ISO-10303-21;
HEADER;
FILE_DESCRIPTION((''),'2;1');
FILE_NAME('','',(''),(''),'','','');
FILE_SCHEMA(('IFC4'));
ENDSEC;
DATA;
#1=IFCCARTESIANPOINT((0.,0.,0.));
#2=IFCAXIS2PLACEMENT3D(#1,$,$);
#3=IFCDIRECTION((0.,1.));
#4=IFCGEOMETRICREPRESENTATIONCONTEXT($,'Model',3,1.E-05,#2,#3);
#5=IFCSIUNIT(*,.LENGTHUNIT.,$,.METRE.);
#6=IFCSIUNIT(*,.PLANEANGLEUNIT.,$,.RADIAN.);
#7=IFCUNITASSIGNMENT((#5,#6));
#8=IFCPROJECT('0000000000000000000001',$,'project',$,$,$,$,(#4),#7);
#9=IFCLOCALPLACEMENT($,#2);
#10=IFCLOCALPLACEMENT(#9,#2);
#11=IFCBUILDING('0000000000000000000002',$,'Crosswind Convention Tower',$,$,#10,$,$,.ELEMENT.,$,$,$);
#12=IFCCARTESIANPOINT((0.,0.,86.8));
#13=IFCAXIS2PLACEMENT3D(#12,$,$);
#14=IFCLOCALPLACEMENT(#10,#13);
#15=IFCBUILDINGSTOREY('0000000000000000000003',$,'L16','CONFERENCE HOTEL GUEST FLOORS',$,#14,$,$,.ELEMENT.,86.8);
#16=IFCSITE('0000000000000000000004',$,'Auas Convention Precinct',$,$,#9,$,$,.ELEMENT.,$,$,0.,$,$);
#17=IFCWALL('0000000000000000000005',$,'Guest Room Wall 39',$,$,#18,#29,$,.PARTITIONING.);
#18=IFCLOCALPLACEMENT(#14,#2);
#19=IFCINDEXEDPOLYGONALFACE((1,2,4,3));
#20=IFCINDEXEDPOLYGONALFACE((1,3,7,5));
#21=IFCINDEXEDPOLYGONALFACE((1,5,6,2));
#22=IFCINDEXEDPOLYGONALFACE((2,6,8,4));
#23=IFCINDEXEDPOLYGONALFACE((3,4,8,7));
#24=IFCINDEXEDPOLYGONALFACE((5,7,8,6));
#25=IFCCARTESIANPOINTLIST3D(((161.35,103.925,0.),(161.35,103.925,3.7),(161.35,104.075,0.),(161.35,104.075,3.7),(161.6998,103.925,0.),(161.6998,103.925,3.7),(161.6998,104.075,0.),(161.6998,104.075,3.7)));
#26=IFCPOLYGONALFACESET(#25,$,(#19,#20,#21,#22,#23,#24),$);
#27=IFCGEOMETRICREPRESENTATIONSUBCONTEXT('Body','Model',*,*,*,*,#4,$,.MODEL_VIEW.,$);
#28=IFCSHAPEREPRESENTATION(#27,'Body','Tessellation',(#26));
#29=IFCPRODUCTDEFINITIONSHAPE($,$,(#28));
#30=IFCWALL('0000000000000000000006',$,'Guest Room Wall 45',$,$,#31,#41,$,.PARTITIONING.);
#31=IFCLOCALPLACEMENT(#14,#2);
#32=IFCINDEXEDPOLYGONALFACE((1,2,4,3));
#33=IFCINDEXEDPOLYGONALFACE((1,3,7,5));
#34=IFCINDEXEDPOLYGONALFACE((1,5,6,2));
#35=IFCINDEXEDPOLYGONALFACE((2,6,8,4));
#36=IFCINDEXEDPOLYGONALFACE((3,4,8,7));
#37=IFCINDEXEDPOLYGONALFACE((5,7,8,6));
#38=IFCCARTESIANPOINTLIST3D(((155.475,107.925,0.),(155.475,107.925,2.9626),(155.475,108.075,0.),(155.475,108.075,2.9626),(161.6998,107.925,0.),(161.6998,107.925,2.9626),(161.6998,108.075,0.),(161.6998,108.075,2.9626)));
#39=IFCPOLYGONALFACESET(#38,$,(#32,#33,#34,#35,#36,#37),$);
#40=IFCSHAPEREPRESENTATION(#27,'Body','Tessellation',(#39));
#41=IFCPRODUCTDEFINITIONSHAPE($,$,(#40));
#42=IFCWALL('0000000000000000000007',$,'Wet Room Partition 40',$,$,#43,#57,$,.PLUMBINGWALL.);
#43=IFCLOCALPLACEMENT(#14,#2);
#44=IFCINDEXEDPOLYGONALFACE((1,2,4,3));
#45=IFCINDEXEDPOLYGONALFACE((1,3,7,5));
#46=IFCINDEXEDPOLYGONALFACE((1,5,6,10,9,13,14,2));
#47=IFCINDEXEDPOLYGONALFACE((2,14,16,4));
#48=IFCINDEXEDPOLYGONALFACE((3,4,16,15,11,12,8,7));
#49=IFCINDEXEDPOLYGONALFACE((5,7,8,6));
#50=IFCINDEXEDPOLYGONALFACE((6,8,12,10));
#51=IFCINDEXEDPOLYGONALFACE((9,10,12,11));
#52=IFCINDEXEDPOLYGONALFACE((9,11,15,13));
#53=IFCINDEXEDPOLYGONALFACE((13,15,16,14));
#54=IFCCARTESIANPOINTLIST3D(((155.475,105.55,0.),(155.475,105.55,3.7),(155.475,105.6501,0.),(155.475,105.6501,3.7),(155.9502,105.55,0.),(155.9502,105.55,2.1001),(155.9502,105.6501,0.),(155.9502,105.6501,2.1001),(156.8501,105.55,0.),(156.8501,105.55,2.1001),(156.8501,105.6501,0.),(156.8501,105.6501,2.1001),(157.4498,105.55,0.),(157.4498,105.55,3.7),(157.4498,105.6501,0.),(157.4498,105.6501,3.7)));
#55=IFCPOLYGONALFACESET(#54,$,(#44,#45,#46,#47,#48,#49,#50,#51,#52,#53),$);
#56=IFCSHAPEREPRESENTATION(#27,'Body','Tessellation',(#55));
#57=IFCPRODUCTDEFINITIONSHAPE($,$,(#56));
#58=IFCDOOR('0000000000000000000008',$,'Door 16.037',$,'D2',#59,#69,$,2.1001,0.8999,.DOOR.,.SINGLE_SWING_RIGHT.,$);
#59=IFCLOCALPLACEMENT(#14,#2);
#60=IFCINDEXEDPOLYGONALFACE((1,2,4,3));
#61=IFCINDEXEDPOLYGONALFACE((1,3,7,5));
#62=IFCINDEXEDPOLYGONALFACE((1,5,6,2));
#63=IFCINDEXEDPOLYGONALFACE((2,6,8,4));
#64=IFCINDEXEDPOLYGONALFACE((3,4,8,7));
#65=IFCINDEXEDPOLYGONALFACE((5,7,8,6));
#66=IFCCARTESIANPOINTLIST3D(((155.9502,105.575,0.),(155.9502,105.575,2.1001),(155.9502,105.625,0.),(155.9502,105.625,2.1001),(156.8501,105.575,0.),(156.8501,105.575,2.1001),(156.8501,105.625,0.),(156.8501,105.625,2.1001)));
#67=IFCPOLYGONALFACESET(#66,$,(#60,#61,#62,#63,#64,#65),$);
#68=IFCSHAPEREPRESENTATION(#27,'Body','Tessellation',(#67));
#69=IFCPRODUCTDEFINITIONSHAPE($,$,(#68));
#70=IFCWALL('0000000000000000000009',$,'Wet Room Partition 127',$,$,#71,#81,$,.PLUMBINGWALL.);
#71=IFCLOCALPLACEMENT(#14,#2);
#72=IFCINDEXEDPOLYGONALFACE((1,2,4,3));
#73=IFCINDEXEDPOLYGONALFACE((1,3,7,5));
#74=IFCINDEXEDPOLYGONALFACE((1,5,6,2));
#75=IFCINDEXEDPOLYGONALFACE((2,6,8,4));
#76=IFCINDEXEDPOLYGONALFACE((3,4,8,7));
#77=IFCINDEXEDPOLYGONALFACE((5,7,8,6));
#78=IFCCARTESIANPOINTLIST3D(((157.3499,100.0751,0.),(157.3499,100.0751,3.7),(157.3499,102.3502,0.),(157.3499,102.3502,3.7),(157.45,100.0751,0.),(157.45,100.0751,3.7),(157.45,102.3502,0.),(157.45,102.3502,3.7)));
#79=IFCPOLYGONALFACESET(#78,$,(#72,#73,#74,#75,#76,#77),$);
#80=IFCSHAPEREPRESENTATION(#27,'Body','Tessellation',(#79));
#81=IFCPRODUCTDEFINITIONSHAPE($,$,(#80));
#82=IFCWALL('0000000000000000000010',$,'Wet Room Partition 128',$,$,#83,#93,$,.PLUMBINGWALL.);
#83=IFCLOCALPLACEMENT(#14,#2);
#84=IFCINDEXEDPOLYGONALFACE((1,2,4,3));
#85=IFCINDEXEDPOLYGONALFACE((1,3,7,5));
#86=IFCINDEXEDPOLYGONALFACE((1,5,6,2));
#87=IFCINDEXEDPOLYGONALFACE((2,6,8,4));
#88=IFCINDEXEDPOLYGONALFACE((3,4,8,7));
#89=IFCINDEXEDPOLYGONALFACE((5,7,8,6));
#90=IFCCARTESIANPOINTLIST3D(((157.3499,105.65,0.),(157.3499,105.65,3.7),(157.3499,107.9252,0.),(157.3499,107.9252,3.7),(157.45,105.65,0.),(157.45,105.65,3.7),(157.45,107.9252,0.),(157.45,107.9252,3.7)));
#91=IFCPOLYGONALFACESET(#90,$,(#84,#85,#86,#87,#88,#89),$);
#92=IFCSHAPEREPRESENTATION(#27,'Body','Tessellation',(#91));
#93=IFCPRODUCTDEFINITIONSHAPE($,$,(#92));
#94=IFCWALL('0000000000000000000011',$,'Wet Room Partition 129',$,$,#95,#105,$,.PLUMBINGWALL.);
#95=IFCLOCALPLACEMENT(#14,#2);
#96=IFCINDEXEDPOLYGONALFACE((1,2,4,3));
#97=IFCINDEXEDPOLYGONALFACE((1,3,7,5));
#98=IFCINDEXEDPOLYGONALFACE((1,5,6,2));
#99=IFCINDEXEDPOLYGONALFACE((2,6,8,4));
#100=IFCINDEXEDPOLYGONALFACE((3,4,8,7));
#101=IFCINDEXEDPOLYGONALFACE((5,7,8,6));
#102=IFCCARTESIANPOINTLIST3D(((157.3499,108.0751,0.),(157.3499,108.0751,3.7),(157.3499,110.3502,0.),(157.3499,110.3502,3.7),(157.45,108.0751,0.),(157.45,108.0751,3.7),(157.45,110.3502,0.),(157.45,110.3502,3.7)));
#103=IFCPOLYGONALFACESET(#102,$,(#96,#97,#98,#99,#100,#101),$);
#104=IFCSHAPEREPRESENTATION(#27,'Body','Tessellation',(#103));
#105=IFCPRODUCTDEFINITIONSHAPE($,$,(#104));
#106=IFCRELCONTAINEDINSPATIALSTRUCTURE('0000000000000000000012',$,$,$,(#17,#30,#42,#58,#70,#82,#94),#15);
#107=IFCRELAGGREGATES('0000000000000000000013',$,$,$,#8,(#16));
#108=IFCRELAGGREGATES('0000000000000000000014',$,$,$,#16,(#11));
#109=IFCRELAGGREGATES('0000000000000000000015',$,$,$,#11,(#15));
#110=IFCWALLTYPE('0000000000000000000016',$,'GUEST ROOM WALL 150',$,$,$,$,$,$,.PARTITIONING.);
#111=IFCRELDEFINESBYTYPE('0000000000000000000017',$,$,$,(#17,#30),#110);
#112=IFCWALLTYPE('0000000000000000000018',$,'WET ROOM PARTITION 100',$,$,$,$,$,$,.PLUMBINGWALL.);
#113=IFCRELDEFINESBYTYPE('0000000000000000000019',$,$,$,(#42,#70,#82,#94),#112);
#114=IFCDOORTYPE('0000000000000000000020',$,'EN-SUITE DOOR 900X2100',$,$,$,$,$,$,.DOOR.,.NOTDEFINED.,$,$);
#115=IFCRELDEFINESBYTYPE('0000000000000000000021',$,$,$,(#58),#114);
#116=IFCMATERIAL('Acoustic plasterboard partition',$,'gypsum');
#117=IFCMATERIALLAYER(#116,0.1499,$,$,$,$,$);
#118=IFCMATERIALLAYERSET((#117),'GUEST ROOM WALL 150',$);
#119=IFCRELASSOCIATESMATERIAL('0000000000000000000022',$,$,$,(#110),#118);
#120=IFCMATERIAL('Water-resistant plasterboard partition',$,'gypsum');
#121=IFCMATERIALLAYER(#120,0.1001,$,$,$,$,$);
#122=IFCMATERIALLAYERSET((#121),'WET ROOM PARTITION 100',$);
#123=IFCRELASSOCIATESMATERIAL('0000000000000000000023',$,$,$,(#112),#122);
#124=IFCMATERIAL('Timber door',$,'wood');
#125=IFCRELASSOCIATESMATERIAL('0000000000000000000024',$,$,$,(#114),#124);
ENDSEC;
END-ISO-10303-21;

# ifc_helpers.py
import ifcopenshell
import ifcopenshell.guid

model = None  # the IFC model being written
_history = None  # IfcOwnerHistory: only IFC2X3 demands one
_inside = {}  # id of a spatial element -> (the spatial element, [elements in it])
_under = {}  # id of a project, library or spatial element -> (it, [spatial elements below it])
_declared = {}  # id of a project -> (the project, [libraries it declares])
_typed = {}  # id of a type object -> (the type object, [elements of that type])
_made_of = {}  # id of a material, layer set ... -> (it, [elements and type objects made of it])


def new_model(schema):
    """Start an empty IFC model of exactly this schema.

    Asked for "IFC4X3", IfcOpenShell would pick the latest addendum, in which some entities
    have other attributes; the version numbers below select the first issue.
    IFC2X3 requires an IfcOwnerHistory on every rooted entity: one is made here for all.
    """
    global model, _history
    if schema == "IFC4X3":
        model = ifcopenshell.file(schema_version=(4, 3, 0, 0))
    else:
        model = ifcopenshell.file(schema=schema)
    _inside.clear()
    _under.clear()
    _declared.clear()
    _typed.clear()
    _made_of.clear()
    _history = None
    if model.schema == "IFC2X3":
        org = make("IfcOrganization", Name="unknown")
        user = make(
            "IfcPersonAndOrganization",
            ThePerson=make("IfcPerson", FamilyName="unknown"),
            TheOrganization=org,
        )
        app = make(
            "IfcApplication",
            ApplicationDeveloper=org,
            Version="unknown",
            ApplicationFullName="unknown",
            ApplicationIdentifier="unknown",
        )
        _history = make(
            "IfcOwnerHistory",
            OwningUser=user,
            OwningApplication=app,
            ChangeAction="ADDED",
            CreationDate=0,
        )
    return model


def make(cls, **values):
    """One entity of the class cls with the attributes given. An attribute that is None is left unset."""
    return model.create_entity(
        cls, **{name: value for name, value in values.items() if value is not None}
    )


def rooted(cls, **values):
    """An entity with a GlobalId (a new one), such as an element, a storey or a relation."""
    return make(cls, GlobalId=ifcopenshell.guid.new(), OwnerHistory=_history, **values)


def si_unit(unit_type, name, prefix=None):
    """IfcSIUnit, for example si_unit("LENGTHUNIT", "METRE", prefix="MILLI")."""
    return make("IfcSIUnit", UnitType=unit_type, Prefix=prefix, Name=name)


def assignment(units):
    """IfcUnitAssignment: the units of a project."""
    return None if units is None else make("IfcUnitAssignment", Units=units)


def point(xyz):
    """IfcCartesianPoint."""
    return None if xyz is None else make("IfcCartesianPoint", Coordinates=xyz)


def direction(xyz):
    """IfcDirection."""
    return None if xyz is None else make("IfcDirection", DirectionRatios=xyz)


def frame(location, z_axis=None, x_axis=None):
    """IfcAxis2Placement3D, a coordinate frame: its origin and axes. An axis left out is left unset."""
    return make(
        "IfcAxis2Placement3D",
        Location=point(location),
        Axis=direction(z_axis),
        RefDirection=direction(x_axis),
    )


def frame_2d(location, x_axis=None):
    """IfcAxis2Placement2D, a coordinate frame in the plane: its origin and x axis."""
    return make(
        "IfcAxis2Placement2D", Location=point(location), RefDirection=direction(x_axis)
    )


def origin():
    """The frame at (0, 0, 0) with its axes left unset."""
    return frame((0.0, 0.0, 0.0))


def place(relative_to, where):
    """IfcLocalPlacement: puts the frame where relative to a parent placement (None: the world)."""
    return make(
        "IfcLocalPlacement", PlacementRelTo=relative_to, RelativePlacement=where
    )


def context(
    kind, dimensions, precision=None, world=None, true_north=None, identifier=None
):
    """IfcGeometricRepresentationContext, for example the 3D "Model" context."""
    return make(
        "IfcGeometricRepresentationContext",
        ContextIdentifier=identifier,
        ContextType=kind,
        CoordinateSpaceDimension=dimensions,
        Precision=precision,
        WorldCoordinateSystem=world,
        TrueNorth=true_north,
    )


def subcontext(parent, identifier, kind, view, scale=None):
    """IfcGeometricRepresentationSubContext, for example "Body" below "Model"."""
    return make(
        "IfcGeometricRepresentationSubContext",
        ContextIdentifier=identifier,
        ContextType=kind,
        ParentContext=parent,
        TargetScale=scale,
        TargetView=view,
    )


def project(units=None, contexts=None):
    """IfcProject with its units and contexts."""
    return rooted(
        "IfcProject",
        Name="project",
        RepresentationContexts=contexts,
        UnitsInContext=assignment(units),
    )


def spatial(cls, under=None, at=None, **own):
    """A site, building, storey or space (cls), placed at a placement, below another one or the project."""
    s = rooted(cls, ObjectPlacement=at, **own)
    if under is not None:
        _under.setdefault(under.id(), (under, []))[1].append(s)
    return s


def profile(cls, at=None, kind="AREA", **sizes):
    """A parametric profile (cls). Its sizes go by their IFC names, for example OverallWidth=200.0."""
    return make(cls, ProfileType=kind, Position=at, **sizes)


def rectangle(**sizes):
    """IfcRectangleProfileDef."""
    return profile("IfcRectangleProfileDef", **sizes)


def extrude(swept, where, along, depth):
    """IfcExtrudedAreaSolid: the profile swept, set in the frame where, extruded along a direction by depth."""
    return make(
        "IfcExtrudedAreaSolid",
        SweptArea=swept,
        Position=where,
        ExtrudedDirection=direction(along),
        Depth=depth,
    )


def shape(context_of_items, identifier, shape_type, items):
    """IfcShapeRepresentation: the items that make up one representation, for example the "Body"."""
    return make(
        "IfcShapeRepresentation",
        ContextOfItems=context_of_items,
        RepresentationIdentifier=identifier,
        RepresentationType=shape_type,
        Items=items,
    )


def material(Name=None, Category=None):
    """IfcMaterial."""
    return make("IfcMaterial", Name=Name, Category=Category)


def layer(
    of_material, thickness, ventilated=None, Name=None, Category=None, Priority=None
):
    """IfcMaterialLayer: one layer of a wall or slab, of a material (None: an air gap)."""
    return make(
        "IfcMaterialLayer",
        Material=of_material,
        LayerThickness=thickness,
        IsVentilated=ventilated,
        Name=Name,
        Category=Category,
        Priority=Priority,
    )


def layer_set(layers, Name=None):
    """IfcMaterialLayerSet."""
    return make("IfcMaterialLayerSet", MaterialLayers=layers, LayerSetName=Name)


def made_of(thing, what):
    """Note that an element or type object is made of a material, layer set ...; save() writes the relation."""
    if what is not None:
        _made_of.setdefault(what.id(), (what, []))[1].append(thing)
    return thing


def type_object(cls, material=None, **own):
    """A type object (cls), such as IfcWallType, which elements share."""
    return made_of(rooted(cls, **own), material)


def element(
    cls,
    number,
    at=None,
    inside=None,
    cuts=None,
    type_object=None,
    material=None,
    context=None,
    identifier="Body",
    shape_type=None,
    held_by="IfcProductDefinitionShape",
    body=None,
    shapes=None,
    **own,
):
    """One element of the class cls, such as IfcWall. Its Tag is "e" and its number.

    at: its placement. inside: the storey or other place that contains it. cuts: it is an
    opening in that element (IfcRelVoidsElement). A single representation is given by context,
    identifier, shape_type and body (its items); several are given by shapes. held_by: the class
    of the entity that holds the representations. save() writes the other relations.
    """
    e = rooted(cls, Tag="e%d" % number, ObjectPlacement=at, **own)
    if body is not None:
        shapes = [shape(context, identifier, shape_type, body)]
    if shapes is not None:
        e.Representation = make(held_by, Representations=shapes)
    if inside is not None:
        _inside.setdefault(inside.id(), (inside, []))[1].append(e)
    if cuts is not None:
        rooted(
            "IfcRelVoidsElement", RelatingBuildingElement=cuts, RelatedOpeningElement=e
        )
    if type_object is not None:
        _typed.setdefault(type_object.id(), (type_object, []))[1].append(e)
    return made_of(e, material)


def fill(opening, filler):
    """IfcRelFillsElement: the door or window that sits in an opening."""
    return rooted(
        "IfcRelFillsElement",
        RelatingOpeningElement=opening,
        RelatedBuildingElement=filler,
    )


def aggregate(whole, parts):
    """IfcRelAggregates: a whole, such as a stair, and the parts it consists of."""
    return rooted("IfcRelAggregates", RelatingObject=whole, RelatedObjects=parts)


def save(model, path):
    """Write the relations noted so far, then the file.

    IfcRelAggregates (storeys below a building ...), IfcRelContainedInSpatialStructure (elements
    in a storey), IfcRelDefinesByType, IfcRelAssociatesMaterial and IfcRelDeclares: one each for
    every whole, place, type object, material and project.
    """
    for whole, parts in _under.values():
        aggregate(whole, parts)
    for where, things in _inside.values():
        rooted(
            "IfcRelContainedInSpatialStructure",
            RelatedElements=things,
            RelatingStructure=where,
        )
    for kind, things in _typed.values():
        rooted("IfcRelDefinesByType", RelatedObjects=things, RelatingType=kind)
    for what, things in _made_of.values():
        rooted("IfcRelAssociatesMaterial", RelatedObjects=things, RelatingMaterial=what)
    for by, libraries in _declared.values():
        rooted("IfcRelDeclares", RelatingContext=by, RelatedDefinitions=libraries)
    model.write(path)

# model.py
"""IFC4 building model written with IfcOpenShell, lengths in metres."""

from ifc_helpers import new_model, si_unit, direction, frame, frame_2d, origin, place, context, subcontext, project, spatial, rectangle, extrude, material, layer, layer_set, type_object, element, fill, save


model = new_model("IFC4")

# Units and contexts
model_context = context("Model", 3, precision=1e-05, world=origin(), true_north=direction((0.0, 1.0)))
body_context = subcontext(model_context, "Body", "Model", "MODEL_VIEW")
ifc_project = project(units=[si_unit("LENGTHUNIT", "METRE"), si_unit("PLANEANGLEUNIT", "RADIAN")], contexts=[model_context])

# Site, building, storey
site_placement = place(None, origin())
site = spatial("IfcSite", under=ifc_project, at=site_placement, Name="Auas Convention Precinct", CompositionType="ELEMENT", RefElevation=0.0)
building_placement = place(site_placement, origin())
building = spatial("IfcBuilding", under=site, at=building_placement, Name="Crosswind Convention Tower", CompositionType="ELEMENT")
storey_placement = place(building_placement, frame((0.0, 0.0, 86.8)))
storey = spatial("IfcBuildingStorey", under=building, at=storey_placement, Name="L16", Description="CONFERENCE HOTEL GUEST FLOORS", CompositionType="ELEMENT", Elevation=86.8)

# Walls
ifc_material_1 = material(Name="Acoustic plasterboard partition", Category="gypsum")
ifc_layer_1 = layer(ifc_material_1, 0.1499)
ifc_layer_set_1 = layer_set([ifc_layer_1], Name="GUEST ROOM WALL 150")
wall_type_1 = type_object("IfcWallType", Name="GUEST ROOM WALL 150", PredefinedType="PARTITIONING", material=ifc_layer_set_1)
wall_1_placement = place(storey_placement, frame((161.3501, 104.0, 0.0), z_axis=(0.0, 0.0, 1.0), x_axis=(1.0, 0.0, 0.0)))
element("IfcWall", 1, at=wall_1_placement, inside=storey, type_object=wall_type_1, Name="Guest Room Wall 39", PredefinedType="PARTITIONING", context=body_context, shape_type="SweptSolid", body=[
    extrude(rectangle(XDim=0.3499, YDim=0.1499, at=frame_2d((0.1748, 0.0))), origin(), (0.0, 0.0, 1.0), 3.7),
])
wall_2_placement = place(storey_placement, frame((155.4751, 108.0, 0.0), z_axis=(0.0, 0.0, 1.0), x_axis=(1.0, 0.0, 0.0)))
element("IfcWall", 2, at=wall_2_placement, inside=storey, type_object=wall_type_1, Name="Guest Room Wall 45", PredefinedType="PARTITIONING", context=body_context, shape_type="SweptSolid", body=[
    extrude(rectangle(XDim=6.2249, YDim=0.1499, at=frame_2d((3.1123, 0.0))), origin(), (0.0, 0.0, 1.0), 2.9626),
])

# Wall, opening, door
ifc_material_2 = material(Name="Water-resistant plasterboard partition", Category="gypsum")
ifc_layer_2 = layer(ifc_material_2, 0.1001)
ifc_layer_set_2 = layer_set([ifc_layer_2], Name="WET ROOM PARTITION 100")
wall_type_2 = type_object("IfcWallType", Name="WET ROOM PARTITION 100", PredefinedType="PLUMBINGWALL", material=ifc_layer_set_2)
wall_3_placement = place(storey_placement, frame((155.4751, 105.6001, 0.0), z_axis=(0.0, 0.0, 1.0), x_axis=(1.0, 0.0, 0.0)))
wall_3 = element("IfcWall", 3, at=wall_3_placement, inside=storey, type_object=wall_type_2, Name="Wet Room Partition 40", PredefinedType="PLUMBINGWALL", context=body_context, shape_type="SweptSolid", body=[
    extrude(rectangle(XDim=1.9749, YDim=0.1001, at=frame_2d((0.9873, 0.0))), origin(), (0.0, 0.0, 1.0), 3.7),
])
opening_placement = place(wall_3_placement, frame((0.4751, 0.0, 0.0)))
opening = element("IfcOpeningElement", 4, at=opening_placement, cuts=wall_3, PredefinedType="OPENING", context=body_context, shape_type="SweptSolid", body=[
    extrude(rectangle(XDim=0.8999, YDim=2.1001, at=frame_2d((0.45, 1.05))), frame((0.0, 0.0601, 0.0), z_axis=(0.0, -1.0, 0.0), x_axis=(1.0, 0.0, 0.0)), (0.0, 0.0, 1.0), 0.1201),
])
ifc_material_3 = material(Name="Timber door", Category="wood")
door_type = type_object("IfcDoorType", Name="EN-SUITE DOOR 900X2100", OperationType="NOTDEFINED", PredefinedType="DOOR", material=ifc_material_3)
door_placement = place(opening_placement, origin())
door = element("IfcDoor", 5, at=door_placement, inside=storey, type_object=door_type, Name="Door 16.037", ObjectType="D2", OperationType="SINGLE_SWING_RIGHT", OverallHeight=2.1001, OverallWidth=0.8999, PredefinedType="DOOR", context=body_context, shape_type="SweptSolid", body=[
    extrude(rectangle(XDim=0.8999, YDim=2.1001, at=frame_2d((0.45, 1.05))), frame((0.0, 0.0249, 0.0), z_axis=(0.0, -1.0, 0.0), x_axis=(1.0, 0.0, 0.0)), (0.0, 0.0, 1.0), 0.05),
])
fill(opening, door)

# Walls
for number, where, z_axis, x_axis, name in (
    (6, (157.3999, 100.075, 0.0), (0.0, 0.0, 1.0), (0.0, 1.0, 0.0), "Wet Room Partition 127"),
    (7, (157.3999, 105.6499, 0.0), (0.0, 0.0, 1.0), (0.0, 1.0, 0.0), "Wet Room Partition 128"),
    (8, (157.3999, 108.075, 0.0), (0.0, 0.0, 1.0), (0.0, 1.0, 0.0), "Wet Room Partition 129"),
):
    element("IfcWall", number, at=place(storey_placement, frame(where, z_axis=z_axis, x_axis=x_axis)), inside=storey, type_object=wall_type_2, Name=name, PredefinedType="PLUMBINGWALL", context=body_context, shape_type="SweptSolid", body=[
        extrude(rectangle(XDim=2.2751, YDim=0.1001, at=frame_2d((1.1377, 0.0))), origin(), (0.0, 0.0, 1.0), 3.7),
    ])

save(model, "model.ifc")
